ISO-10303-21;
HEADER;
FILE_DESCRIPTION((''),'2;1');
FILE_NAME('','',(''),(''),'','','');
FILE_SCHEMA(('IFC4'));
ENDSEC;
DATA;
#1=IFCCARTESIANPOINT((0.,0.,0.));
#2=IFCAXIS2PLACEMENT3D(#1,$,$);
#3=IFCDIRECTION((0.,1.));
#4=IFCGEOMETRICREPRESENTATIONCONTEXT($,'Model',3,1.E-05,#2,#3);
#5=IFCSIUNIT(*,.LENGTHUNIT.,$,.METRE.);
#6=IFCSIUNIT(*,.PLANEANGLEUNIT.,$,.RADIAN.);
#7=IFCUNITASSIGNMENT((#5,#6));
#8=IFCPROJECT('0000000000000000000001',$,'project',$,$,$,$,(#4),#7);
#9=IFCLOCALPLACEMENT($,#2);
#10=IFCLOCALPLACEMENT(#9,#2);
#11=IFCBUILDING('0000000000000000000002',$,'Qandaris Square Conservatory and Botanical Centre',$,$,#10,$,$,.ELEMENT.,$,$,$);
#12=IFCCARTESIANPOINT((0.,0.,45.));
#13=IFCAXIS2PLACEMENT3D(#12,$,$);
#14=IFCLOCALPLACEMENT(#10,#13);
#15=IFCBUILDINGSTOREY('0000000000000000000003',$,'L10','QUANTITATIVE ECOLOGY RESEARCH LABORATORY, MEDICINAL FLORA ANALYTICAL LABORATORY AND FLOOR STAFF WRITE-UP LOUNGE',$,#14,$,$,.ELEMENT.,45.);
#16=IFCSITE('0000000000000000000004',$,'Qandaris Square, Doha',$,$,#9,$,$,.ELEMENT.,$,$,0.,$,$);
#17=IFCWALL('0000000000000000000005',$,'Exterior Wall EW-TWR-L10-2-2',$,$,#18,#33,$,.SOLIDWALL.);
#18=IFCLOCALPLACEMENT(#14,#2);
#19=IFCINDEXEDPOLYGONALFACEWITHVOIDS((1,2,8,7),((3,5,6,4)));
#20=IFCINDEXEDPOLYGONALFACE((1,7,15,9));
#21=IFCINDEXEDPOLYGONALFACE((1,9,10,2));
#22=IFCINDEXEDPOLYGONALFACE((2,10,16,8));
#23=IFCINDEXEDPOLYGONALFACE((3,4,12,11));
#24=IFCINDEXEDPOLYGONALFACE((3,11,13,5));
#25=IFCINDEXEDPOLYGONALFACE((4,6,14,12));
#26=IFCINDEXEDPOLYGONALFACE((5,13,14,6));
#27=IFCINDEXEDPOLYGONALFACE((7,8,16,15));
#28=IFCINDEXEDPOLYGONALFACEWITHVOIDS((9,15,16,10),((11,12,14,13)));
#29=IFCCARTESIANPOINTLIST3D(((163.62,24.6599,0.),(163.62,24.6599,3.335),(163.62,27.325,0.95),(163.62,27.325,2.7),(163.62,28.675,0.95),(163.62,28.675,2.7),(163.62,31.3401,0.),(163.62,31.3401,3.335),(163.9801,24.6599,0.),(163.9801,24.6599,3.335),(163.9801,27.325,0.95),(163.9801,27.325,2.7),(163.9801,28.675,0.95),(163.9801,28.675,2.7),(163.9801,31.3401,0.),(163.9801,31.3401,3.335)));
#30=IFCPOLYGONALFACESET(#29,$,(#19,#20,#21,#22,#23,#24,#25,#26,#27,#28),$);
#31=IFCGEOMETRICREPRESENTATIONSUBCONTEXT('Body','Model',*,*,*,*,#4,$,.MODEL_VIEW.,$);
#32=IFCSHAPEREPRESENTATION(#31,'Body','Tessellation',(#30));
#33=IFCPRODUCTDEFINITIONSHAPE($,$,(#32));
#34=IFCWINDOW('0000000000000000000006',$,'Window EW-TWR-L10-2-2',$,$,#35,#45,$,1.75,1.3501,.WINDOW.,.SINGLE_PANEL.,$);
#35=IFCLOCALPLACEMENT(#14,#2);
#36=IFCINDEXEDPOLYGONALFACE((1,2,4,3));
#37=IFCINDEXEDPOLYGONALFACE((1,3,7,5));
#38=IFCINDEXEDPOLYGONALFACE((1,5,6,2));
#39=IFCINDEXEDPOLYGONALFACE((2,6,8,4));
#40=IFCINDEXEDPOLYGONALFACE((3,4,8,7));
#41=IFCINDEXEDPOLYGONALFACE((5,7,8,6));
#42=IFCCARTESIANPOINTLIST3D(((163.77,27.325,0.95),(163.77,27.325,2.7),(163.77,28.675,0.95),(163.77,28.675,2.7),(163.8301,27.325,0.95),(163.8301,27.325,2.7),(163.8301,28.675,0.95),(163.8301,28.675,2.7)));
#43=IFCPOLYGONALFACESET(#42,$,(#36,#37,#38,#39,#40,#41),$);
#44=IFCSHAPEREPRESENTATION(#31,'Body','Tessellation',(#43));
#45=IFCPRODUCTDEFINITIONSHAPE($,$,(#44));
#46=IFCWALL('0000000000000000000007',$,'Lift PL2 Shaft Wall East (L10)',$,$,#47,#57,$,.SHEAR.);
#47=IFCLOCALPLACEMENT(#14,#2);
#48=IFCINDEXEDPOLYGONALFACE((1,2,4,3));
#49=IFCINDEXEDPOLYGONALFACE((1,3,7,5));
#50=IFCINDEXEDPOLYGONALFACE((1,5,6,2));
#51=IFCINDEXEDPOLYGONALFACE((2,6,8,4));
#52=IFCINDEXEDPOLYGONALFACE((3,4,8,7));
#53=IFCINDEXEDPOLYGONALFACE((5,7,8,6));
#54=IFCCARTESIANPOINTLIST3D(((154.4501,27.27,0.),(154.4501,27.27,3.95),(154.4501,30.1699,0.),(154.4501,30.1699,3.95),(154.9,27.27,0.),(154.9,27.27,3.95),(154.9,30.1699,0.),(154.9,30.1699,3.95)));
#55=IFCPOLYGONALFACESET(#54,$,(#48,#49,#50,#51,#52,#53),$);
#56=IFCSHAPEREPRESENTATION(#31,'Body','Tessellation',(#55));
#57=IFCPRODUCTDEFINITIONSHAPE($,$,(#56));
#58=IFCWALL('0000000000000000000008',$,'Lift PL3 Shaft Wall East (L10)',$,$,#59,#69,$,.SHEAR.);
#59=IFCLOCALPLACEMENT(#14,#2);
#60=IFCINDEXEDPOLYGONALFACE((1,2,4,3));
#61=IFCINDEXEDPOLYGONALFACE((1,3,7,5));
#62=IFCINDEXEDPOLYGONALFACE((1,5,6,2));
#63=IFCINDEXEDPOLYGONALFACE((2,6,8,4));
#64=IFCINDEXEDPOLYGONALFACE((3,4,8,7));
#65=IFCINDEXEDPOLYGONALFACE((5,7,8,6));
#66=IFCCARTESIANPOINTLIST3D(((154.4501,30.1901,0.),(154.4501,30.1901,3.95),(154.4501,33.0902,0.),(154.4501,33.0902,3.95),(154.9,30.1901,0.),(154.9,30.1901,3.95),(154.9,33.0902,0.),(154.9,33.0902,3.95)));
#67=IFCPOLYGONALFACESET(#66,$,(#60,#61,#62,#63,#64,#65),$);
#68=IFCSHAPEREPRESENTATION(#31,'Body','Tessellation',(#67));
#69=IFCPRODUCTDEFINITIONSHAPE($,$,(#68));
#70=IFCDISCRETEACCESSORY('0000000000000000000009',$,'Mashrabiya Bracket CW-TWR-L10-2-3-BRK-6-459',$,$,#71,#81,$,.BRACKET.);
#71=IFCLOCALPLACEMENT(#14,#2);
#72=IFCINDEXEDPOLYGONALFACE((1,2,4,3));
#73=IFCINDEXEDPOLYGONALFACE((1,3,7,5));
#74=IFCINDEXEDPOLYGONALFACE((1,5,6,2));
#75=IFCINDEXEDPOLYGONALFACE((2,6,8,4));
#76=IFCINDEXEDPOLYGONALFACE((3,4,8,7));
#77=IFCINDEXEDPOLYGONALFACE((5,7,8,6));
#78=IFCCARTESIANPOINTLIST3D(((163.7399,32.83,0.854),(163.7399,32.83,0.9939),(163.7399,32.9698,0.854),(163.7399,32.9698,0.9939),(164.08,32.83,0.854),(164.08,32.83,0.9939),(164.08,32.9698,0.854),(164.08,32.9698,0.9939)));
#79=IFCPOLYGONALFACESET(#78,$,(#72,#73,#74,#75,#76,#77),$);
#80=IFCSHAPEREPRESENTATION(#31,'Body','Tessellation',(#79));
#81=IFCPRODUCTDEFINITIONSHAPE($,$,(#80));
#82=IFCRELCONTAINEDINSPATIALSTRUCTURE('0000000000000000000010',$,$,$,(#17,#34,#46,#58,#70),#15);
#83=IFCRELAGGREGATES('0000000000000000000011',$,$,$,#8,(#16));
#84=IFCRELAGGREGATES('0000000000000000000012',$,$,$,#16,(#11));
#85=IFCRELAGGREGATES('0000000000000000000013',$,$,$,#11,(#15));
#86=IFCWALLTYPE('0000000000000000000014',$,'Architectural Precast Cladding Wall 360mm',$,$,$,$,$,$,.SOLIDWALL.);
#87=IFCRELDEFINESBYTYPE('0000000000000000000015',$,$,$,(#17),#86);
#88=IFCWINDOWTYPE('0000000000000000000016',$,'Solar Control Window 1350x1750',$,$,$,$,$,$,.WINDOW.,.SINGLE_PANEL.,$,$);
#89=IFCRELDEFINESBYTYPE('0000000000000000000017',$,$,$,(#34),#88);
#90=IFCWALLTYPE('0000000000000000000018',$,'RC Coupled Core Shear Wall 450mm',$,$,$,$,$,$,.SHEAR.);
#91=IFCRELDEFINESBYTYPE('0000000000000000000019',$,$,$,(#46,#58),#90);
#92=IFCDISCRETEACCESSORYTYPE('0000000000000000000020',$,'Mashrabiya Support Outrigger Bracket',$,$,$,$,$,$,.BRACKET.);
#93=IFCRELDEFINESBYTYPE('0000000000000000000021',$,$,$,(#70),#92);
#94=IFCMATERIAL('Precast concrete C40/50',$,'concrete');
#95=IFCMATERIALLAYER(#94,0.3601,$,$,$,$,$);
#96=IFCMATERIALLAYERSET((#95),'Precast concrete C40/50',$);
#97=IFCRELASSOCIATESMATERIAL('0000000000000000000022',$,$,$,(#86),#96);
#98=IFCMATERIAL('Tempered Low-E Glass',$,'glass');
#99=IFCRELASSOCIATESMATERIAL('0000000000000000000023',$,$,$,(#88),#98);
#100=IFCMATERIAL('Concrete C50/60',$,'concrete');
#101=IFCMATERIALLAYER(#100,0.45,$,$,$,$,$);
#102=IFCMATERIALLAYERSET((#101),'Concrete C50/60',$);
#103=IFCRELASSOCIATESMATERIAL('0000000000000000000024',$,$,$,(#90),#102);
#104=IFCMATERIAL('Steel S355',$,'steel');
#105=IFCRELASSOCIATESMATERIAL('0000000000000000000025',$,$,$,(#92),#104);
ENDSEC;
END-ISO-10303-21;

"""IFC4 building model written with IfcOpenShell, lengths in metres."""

from ifc_helpers import new_model, si_unit, direction, frame, frame_2d, origin, origin_2d, place, context, subcontext, project, spatial, rectangle, extrude, material, layer, layer_set, type_object, element, fill, save


model = new_model("IFC4")

# Units and contexts
model_context = context("Model", 3, precision=1e-05, world=origin(), true_north=direction((0.0, 1.0)))
body_context = subcontext(model_context, "Body", "Model", "MODEL_VIEW")
ifc_project = project(units=[si_unit("LENGTHUNIT", "METRE"), si_unit("PLANEANGLEUNIT", "RADIAN")], contexts=[model_context])

# Site, building, storey
site_placement = place(None, origin())
site = spatial("IfcSite", under=ifc_project, at=site_placement, Name="Qandaris Square, Doha", CompositionType="ELEMENT", RefElevation=0.0)
building_placement = place(site_placement, origin())
building = spatial("IfcBuilding", under=site, at=building_placement, Name="Qandaris Square Conservatory and Botanical Centre", CompositionType="ELEMENT")
storey_placement = place(building_placement, frame((0.0, 0.0, 45.0)))
storey = spatial("IfcBuildingStorey", under=building, at=storey_placement, Name="L10", Description="QUANTITATIVE ECOLOGY RESEARCH LABORATORY, MEDICINAL FLORA ANALYTICAL LABORATORY AND FLOOR STAFF WRITE-UP LOUNGE", CompositionType="ELEMENT", Elevation=45.0)

# Shared definitions
ifc_material_1 = material(Name="Concrete C50/60", Category="concrete")

# Shared definitions
ifc_material_2 = material(Name="Steel S355", Category="steel")

# Wall, opening, window
ifc_material_3 = material(Name="Precast concrete C40/50", Category="concrete")
ifc_layer_1 = layer(ifc_material_3, 0.3601)
ifc_layer_set_1 = layer_set([ifc_layer_1], Name="Precast concrete C40/50")
wall_type_1 = type_object("IfcWallType", Name="Architectural Precast Cladding Wall 360mm", PredefinedType="SOLIDWALL", material=ifc_layer_set_1)
ifc_material_4 = material(Name="Tempered Low-E Glass", Category="glass")
wall_1_placement = place(storey_placement, frame((163.8, 24.6599, 0.0), z_axis=(0.0, 0.0, 1.0), x_axis=(0.0, 1.0, 0.0)))
wall_1 = element("IfcWall", 1, at=wall_1_placement, inside=storey, type_object=wall_type_1, Name="Exterior Wall EW-TWR-L10-2-2", PredefinedType="SOLIDWALL", context=body_context, shape_type="SweptSolid", body=[
    extrude(rectangle(XDim=6.6802, YDim=0.3601, at=frame_2d((3.3401, 0.0))), origin(), (0.0, 0.0, 1.0), 3.335),
])
opening_1_placement = place(wall_1_placement, frame((2.665, 0.0, 0.95)))
opening_1 = element("IfcOpeningElement", 2, at=opening_1_placement, cuts=wall_1, PredefinedType="OPENING", context=body_context, shape_type="SweptSolid", body=[
    extrude(rectangle(XDim=1.3501, YDim=1.75, at=frame_2d((0.675, 0.875))), frame((0.0, 0.1919, 0.0), z_axis=(0.0, -1.0, 0.0), x_axis=(1.0, 0.0, 0.0)), (0.0, 0.0, 1.0), 0.384),
])
window_type_1 = type_object("IfcWindowType", Name="Solar Control Window 1350x1750", PartitioningType="SINGLE_PANEL", PredefinedType="WINDOW", material=ifc_material_4)
window_1_placement = place(opening_1_placement, origin())
window_1 = element("IfcWindow", 3, at=window_1_placement, inside=storey, type_object=window_type_1, Name="Window EW-TWR-L10-2-2", OverallHeight=1.75, OverallWidth=1.3501, PartitioningType="SINGLE_PANEL", PredefinedType="WINDOW", context=body_context, shape_type="SweptSolid", body=[
    extrude(rectangle(XDim=1.3501, YDim=1.75, at=frame_2d((0.675, 0.875))), frame((0.0, 0.03, 0.0), z_axis=(0.0, -1.0, 0.0), x_axis=(1.0, 0.0, 0.0)), (0.0, 0.0, 1.0), 0.0601),
])
fill(opening_1, window_1)

# Walls
ifc_layer_2 = layer(ifc_material_1, 0.45)
ifc_layer_set_2 = layer_set([ifc_layer_2], Name="Concrete C50/60")
wall_type_2 = type_object("IfcWallType", Name="RC Coupled Core Shear Wall 450mm", PredefinedType="SHEAR", material=ifc_layer_set_2)
wall_2_placement = place(storey_placement, frame((154.675, 27.27, 0.0), z_axis=(0.0, 0.0, 1.0), x_axis=(0.0, 1.0, 0.0)))
element("IfcWall", 4, at=wall_2_placement, inside=storey, type_object=wall_type_2, Name="Lift PL2 Shaft Wall East (L10)", PredefinedType="SHEAR", context=body_context, shape_type="SweptSolid", body=[
    extrude(rectangle(XDim=2.8999, YDim=0.45, at=frame_2d((1.45, 0.0))), origin(), (0.0, 0.0, 1.0), 3.95),
])
wall_3_placement = place(storey_placement, frame((154.675, 30.1899, 0.0), z_axis=(0.0, 0.0, 1.0), x_axis=(0.0, 1.0, 0.0)))
element("IfcWall", 5, at=wall_3_placement, inside=storey, type_object=wall_type_2, Name="Lift PL3 Shaft Wall East (L10)", PredefinedType="SHEAR", context=body_context, shape_type="SweptSolid", body=[
    extrude(rectangle(XDim=2.9001, YDim=0.45, at=frame_2d((1.4502, 0.0))), origin(), (0.0, 0.0, 1.0), 3.95),
])

# Discrete accessory
discrete_accessory_type = type_object("IfcDiscreteAccessoryType", Name="Mashrabiya Support Outrigger Bracket", PredefinedType="BRACKET", material=ifc_material_2)
discrete_accessory_placement = place(storey_placement, frame((163.9099, 32.8999, 0.854), z_axis=(0.0, 0.0, 1.0), x_axis=(0.0, 1.0, 0.0)))
element("IfcDiscreteAccessory", 6, at=discrete_accessory_placement, inside=storey, type_object=discrete_accessory_type, Name="Mashrabiya Bracket CW-TWR-L10-2-3-BRK-6-459", PredefinedType="BRACKET", context=body_context, shape_type="SweptSolid", body=[
    extrude(rectangle(XDim=0.1399, YDim=0.3401, at=origin_2d()), origin(), (0.0, 0.0, 1.0), 0.1399),
])

save(model, "model.ifc")
